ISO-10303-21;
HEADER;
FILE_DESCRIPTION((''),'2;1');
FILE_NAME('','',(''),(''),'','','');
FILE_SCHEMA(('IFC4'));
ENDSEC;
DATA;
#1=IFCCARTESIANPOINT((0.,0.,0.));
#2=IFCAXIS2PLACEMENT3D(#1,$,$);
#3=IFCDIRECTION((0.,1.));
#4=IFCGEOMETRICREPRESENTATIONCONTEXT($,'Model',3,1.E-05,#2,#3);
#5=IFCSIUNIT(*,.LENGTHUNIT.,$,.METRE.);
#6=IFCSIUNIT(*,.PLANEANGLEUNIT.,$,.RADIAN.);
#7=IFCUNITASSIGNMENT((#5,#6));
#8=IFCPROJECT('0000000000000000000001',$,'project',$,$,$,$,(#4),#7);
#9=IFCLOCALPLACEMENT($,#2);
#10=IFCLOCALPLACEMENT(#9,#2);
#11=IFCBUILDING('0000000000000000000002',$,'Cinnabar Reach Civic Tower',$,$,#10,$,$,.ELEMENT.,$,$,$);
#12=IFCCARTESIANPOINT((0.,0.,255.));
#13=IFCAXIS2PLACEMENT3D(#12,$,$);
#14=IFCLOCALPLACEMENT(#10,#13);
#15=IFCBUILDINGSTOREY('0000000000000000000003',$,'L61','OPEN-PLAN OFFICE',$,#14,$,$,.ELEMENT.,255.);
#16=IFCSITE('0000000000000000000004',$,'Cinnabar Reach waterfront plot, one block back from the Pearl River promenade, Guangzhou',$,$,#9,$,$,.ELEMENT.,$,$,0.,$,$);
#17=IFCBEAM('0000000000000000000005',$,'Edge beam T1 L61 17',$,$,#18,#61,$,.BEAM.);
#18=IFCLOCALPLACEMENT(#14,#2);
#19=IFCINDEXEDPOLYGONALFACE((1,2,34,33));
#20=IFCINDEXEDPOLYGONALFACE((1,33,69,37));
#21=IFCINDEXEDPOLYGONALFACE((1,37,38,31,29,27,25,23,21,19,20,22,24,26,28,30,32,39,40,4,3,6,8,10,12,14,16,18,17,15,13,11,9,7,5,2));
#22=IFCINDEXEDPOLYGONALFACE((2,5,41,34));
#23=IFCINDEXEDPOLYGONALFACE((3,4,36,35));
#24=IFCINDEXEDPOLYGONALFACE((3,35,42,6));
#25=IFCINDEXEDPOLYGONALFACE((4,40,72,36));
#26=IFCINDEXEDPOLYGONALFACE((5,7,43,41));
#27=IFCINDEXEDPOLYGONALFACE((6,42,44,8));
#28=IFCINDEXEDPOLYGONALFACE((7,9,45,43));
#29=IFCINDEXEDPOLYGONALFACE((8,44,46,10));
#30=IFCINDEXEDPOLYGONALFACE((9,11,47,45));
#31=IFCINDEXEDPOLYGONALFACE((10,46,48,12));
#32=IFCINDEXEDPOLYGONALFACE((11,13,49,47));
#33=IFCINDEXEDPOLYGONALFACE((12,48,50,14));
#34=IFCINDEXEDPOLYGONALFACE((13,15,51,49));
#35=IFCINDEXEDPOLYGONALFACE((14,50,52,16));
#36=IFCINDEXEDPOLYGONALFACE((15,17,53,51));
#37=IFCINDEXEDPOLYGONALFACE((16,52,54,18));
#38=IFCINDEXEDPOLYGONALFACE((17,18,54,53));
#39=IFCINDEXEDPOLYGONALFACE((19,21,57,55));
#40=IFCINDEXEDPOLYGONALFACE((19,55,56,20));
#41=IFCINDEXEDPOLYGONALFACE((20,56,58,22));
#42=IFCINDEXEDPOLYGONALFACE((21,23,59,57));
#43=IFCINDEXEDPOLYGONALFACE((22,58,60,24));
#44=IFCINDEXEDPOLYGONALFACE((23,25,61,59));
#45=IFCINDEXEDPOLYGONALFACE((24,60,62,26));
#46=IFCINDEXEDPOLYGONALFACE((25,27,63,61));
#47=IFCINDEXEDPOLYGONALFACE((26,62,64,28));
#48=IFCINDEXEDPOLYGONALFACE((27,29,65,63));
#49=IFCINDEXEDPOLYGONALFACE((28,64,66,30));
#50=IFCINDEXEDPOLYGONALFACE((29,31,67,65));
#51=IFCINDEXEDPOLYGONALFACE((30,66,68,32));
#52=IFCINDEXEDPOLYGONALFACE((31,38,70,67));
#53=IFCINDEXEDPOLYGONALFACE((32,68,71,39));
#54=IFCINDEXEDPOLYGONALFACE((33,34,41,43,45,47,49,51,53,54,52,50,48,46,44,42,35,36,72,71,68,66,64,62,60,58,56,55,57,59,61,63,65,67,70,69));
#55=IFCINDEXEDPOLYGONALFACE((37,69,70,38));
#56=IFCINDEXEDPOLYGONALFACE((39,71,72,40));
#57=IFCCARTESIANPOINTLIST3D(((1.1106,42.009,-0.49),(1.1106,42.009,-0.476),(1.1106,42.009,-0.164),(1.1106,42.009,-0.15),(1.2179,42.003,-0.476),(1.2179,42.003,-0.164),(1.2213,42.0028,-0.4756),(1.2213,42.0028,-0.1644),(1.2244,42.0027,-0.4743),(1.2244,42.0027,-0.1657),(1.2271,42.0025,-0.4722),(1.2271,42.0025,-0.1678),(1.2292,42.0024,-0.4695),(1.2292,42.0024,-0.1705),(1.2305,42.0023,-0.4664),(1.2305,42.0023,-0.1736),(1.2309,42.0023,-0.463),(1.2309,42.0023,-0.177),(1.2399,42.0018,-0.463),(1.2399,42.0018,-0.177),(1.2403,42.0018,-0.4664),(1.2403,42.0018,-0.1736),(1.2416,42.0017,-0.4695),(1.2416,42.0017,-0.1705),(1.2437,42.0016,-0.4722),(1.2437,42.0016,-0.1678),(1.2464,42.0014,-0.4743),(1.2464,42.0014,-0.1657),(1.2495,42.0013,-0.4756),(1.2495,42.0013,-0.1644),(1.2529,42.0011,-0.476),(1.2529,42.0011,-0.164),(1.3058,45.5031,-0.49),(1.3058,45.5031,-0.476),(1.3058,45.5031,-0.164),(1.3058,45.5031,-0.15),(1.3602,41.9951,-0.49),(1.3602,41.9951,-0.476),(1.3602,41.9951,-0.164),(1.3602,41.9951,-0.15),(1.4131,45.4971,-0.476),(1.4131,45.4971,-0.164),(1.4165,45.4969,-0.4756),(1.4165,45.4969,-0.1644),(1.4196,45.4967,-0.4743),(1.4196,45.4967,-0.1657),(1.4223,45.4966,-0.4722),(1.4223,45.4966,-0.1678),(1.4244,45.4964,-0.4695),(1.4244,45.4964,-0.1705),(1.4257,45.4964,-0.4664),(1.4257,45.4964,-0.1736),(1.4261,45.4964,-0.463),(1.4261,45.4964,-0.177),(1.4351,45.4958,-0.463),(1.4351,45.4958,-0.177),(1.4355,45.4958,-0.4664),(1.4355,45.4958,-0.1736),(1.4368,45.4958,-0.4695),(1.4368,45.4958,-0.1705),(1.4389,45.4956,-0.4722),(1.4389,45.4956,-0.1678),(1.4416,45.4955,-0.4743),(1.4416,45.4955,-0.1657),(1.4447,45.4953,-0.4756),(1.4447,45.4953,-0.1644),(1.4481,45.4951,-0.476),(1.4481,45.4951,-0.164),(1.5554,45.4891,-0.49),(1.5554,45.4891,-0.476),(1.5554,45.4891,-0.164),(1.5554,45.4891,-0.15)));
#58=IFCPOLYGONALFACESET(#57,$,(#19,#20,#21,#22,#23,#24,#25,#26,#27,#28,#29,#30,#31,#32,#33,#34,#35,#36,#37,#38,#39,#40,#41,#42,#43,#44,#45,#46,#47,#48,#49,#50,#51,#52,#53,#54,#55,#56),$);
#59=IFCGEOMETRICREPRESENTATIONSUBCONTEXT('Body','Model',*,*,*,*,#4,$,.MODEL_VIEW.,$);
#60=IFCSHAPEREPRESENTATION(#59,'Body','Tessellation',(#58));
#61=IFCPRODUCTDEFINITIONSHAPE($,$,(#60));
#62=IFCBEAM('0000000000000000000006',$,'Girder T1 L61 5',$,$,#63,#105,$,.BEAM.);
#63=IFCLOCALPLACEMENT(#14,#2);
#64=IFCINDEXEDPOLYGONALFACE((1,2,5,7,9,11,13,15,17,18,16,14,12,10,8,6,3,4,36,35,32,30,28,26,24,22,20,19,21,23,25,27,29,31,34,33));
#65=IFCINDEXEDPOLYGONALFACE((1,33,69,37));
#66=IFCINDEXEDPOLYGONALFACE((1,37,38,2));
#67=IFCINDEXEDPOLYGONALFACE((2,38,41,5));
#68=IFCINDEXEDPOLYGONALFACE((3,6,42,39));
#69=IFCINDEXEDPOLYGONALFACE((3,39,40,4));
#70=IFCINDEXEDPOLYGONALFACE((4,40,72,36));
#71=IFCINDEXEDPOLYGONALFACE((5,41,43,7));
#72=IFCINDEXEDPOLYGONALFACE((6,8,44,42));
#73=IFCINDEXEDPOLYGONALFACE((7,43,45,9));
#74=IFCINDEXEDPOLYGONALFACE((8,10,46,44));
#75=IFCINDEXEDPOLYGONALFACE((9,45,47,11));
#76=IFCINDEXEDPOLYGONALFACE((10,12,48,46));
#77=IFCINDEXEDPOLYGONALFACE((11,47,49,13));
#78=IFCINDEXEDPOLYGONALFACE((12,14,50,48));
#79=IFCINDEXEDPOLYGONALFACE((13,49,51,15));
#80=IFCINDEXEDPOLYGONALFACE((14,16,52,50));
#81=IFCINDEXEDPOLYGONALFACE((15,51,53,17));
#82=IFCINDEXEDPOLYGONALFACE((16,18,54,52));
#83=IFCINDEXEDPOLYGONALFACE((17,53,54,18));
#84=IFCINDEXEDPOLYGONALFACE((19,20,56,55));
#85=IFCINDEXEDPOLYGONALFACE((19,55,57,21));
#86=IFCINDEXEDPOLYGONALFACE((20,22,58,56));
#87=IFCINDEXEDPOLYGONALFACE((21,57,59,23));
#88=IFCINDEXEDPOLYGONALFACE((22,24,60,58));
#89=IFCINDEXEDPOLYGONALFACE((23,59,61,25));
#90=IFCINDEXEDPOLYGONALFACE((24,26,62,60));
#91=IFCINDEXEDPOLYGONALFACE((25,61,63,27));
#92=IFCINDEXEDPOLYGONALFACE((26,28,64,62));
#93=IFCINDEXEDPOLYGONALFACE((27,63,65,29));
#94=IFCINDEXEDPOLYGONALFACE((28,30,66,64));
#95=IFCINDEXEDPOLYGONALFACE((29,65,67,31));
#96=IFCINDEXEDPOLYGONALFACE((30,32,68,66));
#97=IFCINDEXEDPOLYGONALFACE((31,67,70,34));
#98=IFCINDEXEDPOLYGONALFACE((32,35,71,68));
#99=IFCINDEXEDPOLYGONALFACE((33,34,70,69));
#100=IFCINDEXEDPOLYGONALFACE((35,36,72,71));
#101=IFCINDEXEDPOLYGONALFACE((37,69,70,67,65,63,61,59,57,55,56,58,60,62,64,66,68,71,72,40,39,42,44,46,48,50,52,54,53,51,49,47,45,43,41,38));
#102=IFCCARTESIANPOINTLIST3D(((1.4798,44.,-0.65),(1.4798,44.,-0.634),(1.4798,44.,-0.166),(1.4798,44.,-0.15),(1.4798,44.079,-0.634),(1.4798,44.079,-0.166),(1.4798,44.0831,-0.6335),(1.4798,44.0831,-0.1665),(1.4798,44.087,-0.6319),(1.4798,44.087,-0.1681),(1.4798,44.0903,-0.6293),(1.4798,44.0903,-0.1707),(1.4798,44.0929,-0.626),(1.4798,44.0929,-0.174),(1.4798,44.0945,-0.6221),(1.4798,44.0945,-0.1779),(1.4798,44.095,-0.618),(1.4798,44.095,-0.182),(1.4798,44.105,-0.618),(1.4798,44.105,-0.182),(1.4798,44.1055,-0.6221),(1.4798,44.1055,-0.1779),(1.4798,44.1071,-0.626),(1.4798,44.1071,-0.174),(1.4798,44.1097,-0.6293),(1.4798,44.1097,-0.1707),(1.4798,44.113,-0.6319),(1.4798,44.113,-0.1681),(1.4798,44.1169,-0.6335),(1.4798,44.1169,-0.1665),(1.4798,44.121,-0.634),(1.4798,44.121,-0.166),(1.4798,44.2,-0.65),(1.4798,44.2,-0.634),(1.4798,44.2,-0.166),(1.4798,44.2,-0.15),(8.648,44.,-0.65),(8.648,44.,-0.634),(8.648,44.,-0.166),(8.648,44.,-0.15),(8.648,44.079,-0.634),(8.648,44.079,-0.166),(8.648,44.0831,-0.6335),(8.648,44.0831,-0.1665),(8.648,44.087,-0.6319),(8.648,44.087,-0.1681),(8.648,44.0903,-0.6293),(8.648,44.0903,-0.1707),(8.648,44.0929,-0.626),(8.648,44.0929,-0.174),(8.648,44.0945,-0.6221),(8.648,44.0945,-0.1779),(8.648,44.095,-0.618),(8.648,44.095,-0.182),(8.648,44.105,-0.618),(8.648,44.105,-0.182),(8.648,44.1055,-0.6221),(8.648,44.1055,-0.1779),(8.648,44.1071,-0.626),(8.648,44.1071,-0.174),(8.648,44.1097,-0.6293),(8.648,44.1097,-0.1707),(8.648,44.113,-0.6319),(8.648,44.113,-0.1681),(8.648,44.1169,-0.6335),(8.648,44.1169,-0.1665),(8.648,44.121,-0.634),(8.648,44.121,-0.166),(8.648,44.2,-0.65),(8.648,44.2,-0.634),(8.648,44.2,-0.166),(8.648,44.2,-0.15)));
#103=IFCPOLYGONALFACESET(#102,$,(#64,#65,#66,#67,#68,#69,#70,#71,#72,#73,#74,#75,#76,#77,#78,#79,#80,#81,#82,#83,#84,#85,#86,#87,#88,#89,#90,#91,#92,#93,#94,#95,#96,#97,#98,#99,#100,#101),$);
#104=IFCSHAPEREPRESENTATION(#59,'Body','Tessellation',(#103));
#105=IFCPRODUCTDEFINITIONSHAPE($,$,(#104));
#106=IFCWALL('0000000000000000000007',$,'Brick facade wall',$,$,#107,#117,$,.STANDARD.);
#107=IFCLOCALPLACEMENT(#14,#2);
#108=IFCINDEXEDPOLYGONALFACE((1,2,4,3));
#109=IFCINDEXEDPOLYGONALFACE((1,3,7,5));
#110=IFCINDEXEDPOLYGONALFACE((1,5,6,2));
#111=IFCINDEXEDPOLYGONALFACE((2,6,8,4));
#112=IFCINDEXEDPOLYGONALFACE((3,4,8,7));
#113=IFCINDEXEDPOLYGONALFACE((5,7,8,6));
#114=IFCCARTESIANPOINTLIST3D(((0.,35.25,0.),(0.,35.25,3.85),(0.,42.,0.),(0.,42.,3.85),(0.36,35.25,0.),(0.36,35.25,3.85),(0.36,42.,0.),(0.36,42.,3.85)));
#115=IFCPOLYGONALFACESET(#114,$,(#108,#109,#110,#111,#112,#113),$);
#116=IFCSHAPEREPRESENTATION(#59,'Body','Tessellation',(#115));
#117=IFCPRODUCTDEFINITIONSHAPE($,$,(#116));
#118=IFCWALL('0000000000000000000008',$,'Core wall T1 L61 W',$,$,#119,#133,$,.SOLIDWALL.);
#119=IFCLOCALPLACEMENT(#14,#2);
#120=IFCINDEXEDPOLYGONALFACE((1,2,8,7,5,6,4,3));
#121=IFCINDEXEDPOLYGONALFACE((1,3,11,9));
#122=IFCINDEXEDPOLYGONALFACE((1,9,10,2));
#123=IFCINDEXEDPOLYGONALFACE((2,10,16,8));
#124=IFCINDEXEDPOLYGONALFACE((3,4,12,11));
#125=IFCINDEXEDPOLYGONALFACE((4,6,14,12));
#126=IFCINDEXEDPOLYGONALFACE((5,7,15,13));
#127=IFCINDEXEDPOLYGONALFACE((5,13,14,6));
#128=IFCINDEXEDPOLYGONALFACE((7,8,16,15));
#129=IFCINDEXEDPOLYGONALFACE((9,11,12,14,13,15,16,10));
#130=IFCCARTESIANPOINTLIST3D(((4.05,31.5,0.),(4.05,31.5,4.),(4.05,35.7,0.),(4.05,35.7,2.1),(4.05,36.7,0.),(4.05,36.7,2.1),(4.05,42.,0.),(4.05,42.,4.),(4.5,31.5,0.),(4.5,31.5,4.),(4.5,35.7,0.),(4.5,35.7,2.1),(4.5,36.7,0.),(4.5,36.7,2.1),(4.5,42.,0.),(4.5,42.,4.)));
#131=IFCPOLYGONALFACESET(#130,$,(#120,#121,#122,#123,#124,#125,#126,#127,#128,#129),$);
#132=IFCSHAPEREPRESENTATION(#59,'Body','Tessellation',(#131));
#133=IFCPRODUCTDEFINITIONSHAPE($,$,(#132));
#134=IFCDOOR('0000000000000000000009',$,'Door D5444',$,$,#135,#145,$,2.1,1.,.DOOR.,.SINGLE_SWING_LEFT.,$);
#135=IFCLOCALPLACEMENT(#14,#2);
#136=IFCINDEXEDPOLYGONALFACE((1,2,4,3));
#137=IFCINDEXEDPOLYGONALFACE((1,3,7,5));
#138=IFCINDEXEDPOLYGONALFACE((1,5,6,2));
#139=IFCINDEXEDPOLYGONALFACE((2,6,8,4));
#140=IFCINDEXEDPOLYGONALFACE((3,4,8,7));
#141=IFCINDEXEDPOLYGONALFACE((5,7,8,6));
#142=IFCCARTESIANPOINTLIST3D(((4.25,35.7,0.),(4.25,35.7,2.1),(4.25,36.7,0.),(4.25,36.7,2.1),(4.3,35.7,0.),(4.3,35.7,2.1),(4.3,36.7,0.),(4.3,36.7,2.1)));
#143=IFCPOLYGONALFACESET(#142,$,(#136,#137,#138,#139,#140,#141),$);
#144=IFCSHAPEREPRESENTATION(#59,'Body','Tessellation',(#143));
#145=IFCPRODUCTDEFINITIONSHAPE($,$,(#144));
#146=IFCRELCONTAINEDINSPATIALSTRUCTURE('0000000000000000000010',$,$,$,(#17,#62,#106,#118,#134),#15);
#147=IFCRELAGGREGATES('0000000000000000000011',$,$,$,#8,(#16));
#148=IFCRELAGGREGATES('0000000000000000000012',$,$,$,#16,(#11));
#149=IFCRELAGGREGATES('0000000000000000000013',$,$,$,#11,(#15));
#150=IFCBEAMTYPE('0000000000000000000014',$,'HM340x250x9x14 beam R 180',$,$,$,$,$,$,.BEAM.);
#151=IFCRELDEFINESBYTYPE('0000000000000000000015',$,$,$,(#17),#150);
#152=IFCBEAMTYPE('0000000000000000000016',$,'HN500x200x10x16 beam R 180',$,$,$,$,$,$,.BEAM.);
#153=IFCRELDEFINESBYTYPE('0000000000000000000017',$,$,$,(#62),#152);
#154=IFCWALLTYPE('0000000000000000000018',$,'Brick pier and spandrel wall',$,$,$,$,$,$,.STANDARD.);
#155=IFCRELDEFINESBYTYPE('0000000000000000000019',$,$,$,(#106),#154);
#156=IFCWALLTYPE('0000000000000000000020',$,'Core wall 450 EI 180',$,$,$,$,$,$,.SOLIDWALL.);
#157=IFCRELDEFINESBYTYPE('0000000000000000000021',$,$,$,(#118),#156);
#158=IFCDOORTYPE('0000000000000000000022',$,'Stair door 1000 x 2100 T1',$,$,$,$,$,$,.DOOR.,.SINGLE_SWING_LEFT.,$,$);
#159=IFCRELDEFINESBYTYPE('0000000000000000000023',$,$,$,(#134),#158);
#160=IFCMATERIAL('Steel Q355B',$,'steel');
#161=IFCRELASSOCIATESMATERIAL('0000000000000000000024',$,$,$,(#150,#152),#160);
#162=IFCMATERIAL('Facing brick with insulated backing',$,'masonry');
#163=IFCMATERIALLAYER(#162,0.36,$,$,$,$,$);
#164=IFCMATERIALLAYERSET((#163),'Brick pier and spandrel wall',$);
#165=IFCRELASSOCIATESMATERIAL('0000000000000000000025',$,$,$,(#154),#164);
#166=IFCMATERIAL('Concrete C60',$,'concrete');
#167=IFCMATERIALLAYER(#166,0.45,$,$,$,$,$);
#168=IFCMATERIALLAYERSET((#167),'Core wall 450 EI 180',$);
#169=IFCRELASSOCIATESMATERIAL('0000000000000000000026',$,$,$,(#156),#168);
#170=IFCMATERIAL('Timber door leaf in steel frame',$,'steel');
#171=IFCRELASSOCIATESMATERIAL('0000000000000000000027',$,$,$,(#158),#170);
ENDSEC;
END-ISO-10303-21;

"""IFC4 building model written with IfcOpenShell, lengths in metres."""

from ifc_helpers import new_model, si_unit, direction, frame, frame_2d, origin, origin_2d, place, context, subcontext, project, spatial, rectangle, i_section, extrude, material, layer, layer_set, material_profile, profile_set, type_object, element, fill, save


model = new_model("IFC4")

# Units and contexts
model_context = context("Model", 3, precision=1e-05, world=origin(), true_north=direction((0.0, 1.0)))
body_context = subcontext(model_context, "Body", "Model", "MODEL_VIEW")
ifc_project = project(units=[si_unit("LENGTHUNIT", "METRE"), si_unit("PLANEANGLEUNIT", "RADIAN")], contexts=[model_context])

# Site, building, storey
site_placement = place(None, origin())
site = spatial("IfcSite", under=ifc_project, at=site_placement, Name="Cinnabar Reach waterfront plot, one block back from the Pearl River promenade, Guangzhou", CompositionType="ELEMENT", RefElevation=0.0)
building_placement = place(site_placement, origin())
building = spatial("IfcBuilding", under=site, at=building_placement, Name="Cinnabar Reach Civic Tower", CompositionType="ELEMENT")
storey_placement = place(building_placement, frame((0.0, 0.0, 255.0)))
storey = spatial("IfcBuildingStorey", under=building, at=storey_placement, Name="L61", Description="OPEN-PLAN OFFICE", CompositionType="ELEMENT", Elevation=255.0)

# Beams
ifc_material_1 = material(Name="Steel Q355B", Category="steel")
ifc_material_profile_1 = material_profile(ifc_material_1, i_section(OverallWidth=0.25, OverallDepth=0.34, WebThickness=0.009, FlangeThickness=0.014, FilletRadius=0.013, at=origin_2d()), Name="HM340x250x9x14")
ifc_profile_set_1 = profile_set([ifc_material_profile_1], Name="Steel Q355B")
beam_type_1 = type_object("IfcBeamType", Name="HM340x250x9x14 beam R 180", PredefinedType="BEAM", material=ifc_profile_set_1)
beam_1_placement = place(storey_placement, frame((1.4306, 45.4961, -0.32), z_axis=(-0.055779, -0.998443, 0.0), x_axis=(0.998443, -0.055779, 0.0)))
element("IfcBeam", 1, at=beam_1_placement, inside=storey, type_object=beam_type_1, Name="Edge beam T1 L61 17", PredefinedType="BEAM", context=body_context, shape_type="SweptSolid", body=[
    extrude(i_section(OverallWidth=0.25, OverallDepth=0.34, WebThickness=0.009, FlangeThickness=0.014, FilletRadius=0.013, at=origin_2d()), origin(), (0.0, 0.0, 1.0), 3.4995),
])
ifc_material_profile_2 = material_profile(ifc_material_1, i_section(OverallWidth=0.2, OverallDepth=0.5, WebThickness=0.01, FlangeThickness=0.016, FilletRadius=0.016, at=origin_2d()), Name="HN500x200x10x16")
ifc_profile_set_2 = profile_set([ifc_material_profile_2], Name="Steel Q355B")
beam_type_2 = type_object("IfcBeamType", Name="HN500x200x10x16 beam R 180", PredefinedType="BEAM", material=ifc_profile_set_2)
beam_2_placement = place(storey_placement, frame((1.4798, 44.1, -0.4), z_axis=(1.0, 0.0, 0.0), x_axis=(0.0, 1.0, 0.0)))
element("IfcBeam", 2, at=beam_2_placement, inside=storey, type_object=beam_type_2, Name="Girder T1 L61 5", PredefinedType="BEAM", context=body_context, shape_type="SweptSolid", body=[
    extrude(i_section(OverallWidth=0.2, OverallDepth=0.5, WebThickness=0.01, FlangeThickness=0.016, FilletRadius=0.016, at=origin_2d()), origin(), (0.0, 0.0, 1.0), 7.1682),
])

# Wall
ifc_material_2 = material(Name="Facing brick with insulated backing", Category="masonry")
ifc_layer_1 = layer(ifc_material_2, 0.36)
ifc_layer_set_1 = layer_set([ifc_layer_1], Name="Brick pier and spandrel wall")
wall_type_1 = type_object("IfcWallType", Name="Brick pier and spandrel wall", PredefinedType="STANDARD", material=ifc_layer_set_1)
wall_1_placement = place(storey_placement, frame((0.18, 42.0, 0.0), z_axis=(0.0, 0.0, 1.0), x_axis=(0.0, -1.0, 0.0)))
element("IfcWall", 3, at=wall_1_placement, inside=storey, type_object=wall_type_1, Name="Brick facade wall", PredefinedType="STANDARD", context=body_context, shape_type="SweptSolid", body=[
    extrude(rectangle(XDim=6.75, YDim=0.36, at=frame_2d((3.375, 0.0))), origin(), (0.0, 0.0, 1.0), 3.85),
])

# Wall, opening, door
ifc_material_3 = material(Name="Concrete C60", Category="concrete")
ifc_layer_2 = layer(ifc_material_3, 0.45)
ifc_layer_set_2 = layer_set([ifc_layer_2], Name="Core wall 450 EI 180")
wall_type_2 = type_object("IfcWallType", Name="Core wall 450 EI 180", PredefinedType="SOLIDWALL", material=ifc_layer_set_2)
wall_2_placement = place(storey_placement, frame((4.275, 42.0, 0.0), z_axis=(0.0, 0.0, 1.0), x_axis=(0.0, -1.0, 0.0)))
wall_2 = element("IfcWall", 4, at=wall_2_placement, inside=storey, type_object=wall_type_2, Name="Core wall T1 L61 W", PredefinedType="SOLIDWALL", context=body_context, shape_type="SweptSolid", body=[
    extrude(rectangle(XDim=10.5, YDim=0.45, at=frame_2d((5.25, 0.0))), origin(), (0.0, 0.0, 1.0), 4.0),
])
opening_1_placement = place(wall_2_placement, frame((5.3, 0.0, 0.0)))
opening_1 = element("IfcOpeningElement", 5, at=opening_1_placement, cuts=wall_2, PredefinedType="OPENING", context=body_context, shape_type="SweptSolid", body=[
    extrude(rectangle(XDim=1.0, YDim=2.1, at=frame_2d((0.5, 1.05))), frame((0.0, 0.235, 0.0), z_axis=(0.0, -1.0, 0.0), x_axis=(1.0, 0.0, 0.0)), (0.0, 0.0, 1.0), 0.47),
])
ifc_material_4 = material(Name="Timber door leaf in steel frame", Category="steel")
door_type_1 = type_object("IfcDoorType", Name="Stair door 1000 x 2100 T1", OperationType="SINGLE_SWING_LEFT", PredefinedType="DOOR", material=ifc_material_4)
door_1_placement = place(opening_1_placement, frame((1.0, 0.0, 0.0), z_axis=(0.0, 0.0, 1.0), x_axis=(-1.0, 0.0, 0.0)))
door_1 = element("IfcDoor", 6, at=door_1_placement, inside=storey, type_object=door_type_1, Name="Door D5444", OperationType="SINGLE_SWING_LEFT", OverallHeight=2.1, OverallWidth=1.0, PredefinedType="DOOR", context=body_context, shape_type="SweptSolid", body=[
    extrude(rectangle(XDim=1.0, YDim=2.1, at=frame_2d((0.5, 1.05))), frame((0.0, 0.025, 0.0), z_axis=(0.0, -1.0, 0.0), x_axis=(1.0, 0.0, 0.0)), (0.0, 0.0, 1.0), 0.05),
])
fill(opening_1, door_1)

save(model, "model.ifc")
